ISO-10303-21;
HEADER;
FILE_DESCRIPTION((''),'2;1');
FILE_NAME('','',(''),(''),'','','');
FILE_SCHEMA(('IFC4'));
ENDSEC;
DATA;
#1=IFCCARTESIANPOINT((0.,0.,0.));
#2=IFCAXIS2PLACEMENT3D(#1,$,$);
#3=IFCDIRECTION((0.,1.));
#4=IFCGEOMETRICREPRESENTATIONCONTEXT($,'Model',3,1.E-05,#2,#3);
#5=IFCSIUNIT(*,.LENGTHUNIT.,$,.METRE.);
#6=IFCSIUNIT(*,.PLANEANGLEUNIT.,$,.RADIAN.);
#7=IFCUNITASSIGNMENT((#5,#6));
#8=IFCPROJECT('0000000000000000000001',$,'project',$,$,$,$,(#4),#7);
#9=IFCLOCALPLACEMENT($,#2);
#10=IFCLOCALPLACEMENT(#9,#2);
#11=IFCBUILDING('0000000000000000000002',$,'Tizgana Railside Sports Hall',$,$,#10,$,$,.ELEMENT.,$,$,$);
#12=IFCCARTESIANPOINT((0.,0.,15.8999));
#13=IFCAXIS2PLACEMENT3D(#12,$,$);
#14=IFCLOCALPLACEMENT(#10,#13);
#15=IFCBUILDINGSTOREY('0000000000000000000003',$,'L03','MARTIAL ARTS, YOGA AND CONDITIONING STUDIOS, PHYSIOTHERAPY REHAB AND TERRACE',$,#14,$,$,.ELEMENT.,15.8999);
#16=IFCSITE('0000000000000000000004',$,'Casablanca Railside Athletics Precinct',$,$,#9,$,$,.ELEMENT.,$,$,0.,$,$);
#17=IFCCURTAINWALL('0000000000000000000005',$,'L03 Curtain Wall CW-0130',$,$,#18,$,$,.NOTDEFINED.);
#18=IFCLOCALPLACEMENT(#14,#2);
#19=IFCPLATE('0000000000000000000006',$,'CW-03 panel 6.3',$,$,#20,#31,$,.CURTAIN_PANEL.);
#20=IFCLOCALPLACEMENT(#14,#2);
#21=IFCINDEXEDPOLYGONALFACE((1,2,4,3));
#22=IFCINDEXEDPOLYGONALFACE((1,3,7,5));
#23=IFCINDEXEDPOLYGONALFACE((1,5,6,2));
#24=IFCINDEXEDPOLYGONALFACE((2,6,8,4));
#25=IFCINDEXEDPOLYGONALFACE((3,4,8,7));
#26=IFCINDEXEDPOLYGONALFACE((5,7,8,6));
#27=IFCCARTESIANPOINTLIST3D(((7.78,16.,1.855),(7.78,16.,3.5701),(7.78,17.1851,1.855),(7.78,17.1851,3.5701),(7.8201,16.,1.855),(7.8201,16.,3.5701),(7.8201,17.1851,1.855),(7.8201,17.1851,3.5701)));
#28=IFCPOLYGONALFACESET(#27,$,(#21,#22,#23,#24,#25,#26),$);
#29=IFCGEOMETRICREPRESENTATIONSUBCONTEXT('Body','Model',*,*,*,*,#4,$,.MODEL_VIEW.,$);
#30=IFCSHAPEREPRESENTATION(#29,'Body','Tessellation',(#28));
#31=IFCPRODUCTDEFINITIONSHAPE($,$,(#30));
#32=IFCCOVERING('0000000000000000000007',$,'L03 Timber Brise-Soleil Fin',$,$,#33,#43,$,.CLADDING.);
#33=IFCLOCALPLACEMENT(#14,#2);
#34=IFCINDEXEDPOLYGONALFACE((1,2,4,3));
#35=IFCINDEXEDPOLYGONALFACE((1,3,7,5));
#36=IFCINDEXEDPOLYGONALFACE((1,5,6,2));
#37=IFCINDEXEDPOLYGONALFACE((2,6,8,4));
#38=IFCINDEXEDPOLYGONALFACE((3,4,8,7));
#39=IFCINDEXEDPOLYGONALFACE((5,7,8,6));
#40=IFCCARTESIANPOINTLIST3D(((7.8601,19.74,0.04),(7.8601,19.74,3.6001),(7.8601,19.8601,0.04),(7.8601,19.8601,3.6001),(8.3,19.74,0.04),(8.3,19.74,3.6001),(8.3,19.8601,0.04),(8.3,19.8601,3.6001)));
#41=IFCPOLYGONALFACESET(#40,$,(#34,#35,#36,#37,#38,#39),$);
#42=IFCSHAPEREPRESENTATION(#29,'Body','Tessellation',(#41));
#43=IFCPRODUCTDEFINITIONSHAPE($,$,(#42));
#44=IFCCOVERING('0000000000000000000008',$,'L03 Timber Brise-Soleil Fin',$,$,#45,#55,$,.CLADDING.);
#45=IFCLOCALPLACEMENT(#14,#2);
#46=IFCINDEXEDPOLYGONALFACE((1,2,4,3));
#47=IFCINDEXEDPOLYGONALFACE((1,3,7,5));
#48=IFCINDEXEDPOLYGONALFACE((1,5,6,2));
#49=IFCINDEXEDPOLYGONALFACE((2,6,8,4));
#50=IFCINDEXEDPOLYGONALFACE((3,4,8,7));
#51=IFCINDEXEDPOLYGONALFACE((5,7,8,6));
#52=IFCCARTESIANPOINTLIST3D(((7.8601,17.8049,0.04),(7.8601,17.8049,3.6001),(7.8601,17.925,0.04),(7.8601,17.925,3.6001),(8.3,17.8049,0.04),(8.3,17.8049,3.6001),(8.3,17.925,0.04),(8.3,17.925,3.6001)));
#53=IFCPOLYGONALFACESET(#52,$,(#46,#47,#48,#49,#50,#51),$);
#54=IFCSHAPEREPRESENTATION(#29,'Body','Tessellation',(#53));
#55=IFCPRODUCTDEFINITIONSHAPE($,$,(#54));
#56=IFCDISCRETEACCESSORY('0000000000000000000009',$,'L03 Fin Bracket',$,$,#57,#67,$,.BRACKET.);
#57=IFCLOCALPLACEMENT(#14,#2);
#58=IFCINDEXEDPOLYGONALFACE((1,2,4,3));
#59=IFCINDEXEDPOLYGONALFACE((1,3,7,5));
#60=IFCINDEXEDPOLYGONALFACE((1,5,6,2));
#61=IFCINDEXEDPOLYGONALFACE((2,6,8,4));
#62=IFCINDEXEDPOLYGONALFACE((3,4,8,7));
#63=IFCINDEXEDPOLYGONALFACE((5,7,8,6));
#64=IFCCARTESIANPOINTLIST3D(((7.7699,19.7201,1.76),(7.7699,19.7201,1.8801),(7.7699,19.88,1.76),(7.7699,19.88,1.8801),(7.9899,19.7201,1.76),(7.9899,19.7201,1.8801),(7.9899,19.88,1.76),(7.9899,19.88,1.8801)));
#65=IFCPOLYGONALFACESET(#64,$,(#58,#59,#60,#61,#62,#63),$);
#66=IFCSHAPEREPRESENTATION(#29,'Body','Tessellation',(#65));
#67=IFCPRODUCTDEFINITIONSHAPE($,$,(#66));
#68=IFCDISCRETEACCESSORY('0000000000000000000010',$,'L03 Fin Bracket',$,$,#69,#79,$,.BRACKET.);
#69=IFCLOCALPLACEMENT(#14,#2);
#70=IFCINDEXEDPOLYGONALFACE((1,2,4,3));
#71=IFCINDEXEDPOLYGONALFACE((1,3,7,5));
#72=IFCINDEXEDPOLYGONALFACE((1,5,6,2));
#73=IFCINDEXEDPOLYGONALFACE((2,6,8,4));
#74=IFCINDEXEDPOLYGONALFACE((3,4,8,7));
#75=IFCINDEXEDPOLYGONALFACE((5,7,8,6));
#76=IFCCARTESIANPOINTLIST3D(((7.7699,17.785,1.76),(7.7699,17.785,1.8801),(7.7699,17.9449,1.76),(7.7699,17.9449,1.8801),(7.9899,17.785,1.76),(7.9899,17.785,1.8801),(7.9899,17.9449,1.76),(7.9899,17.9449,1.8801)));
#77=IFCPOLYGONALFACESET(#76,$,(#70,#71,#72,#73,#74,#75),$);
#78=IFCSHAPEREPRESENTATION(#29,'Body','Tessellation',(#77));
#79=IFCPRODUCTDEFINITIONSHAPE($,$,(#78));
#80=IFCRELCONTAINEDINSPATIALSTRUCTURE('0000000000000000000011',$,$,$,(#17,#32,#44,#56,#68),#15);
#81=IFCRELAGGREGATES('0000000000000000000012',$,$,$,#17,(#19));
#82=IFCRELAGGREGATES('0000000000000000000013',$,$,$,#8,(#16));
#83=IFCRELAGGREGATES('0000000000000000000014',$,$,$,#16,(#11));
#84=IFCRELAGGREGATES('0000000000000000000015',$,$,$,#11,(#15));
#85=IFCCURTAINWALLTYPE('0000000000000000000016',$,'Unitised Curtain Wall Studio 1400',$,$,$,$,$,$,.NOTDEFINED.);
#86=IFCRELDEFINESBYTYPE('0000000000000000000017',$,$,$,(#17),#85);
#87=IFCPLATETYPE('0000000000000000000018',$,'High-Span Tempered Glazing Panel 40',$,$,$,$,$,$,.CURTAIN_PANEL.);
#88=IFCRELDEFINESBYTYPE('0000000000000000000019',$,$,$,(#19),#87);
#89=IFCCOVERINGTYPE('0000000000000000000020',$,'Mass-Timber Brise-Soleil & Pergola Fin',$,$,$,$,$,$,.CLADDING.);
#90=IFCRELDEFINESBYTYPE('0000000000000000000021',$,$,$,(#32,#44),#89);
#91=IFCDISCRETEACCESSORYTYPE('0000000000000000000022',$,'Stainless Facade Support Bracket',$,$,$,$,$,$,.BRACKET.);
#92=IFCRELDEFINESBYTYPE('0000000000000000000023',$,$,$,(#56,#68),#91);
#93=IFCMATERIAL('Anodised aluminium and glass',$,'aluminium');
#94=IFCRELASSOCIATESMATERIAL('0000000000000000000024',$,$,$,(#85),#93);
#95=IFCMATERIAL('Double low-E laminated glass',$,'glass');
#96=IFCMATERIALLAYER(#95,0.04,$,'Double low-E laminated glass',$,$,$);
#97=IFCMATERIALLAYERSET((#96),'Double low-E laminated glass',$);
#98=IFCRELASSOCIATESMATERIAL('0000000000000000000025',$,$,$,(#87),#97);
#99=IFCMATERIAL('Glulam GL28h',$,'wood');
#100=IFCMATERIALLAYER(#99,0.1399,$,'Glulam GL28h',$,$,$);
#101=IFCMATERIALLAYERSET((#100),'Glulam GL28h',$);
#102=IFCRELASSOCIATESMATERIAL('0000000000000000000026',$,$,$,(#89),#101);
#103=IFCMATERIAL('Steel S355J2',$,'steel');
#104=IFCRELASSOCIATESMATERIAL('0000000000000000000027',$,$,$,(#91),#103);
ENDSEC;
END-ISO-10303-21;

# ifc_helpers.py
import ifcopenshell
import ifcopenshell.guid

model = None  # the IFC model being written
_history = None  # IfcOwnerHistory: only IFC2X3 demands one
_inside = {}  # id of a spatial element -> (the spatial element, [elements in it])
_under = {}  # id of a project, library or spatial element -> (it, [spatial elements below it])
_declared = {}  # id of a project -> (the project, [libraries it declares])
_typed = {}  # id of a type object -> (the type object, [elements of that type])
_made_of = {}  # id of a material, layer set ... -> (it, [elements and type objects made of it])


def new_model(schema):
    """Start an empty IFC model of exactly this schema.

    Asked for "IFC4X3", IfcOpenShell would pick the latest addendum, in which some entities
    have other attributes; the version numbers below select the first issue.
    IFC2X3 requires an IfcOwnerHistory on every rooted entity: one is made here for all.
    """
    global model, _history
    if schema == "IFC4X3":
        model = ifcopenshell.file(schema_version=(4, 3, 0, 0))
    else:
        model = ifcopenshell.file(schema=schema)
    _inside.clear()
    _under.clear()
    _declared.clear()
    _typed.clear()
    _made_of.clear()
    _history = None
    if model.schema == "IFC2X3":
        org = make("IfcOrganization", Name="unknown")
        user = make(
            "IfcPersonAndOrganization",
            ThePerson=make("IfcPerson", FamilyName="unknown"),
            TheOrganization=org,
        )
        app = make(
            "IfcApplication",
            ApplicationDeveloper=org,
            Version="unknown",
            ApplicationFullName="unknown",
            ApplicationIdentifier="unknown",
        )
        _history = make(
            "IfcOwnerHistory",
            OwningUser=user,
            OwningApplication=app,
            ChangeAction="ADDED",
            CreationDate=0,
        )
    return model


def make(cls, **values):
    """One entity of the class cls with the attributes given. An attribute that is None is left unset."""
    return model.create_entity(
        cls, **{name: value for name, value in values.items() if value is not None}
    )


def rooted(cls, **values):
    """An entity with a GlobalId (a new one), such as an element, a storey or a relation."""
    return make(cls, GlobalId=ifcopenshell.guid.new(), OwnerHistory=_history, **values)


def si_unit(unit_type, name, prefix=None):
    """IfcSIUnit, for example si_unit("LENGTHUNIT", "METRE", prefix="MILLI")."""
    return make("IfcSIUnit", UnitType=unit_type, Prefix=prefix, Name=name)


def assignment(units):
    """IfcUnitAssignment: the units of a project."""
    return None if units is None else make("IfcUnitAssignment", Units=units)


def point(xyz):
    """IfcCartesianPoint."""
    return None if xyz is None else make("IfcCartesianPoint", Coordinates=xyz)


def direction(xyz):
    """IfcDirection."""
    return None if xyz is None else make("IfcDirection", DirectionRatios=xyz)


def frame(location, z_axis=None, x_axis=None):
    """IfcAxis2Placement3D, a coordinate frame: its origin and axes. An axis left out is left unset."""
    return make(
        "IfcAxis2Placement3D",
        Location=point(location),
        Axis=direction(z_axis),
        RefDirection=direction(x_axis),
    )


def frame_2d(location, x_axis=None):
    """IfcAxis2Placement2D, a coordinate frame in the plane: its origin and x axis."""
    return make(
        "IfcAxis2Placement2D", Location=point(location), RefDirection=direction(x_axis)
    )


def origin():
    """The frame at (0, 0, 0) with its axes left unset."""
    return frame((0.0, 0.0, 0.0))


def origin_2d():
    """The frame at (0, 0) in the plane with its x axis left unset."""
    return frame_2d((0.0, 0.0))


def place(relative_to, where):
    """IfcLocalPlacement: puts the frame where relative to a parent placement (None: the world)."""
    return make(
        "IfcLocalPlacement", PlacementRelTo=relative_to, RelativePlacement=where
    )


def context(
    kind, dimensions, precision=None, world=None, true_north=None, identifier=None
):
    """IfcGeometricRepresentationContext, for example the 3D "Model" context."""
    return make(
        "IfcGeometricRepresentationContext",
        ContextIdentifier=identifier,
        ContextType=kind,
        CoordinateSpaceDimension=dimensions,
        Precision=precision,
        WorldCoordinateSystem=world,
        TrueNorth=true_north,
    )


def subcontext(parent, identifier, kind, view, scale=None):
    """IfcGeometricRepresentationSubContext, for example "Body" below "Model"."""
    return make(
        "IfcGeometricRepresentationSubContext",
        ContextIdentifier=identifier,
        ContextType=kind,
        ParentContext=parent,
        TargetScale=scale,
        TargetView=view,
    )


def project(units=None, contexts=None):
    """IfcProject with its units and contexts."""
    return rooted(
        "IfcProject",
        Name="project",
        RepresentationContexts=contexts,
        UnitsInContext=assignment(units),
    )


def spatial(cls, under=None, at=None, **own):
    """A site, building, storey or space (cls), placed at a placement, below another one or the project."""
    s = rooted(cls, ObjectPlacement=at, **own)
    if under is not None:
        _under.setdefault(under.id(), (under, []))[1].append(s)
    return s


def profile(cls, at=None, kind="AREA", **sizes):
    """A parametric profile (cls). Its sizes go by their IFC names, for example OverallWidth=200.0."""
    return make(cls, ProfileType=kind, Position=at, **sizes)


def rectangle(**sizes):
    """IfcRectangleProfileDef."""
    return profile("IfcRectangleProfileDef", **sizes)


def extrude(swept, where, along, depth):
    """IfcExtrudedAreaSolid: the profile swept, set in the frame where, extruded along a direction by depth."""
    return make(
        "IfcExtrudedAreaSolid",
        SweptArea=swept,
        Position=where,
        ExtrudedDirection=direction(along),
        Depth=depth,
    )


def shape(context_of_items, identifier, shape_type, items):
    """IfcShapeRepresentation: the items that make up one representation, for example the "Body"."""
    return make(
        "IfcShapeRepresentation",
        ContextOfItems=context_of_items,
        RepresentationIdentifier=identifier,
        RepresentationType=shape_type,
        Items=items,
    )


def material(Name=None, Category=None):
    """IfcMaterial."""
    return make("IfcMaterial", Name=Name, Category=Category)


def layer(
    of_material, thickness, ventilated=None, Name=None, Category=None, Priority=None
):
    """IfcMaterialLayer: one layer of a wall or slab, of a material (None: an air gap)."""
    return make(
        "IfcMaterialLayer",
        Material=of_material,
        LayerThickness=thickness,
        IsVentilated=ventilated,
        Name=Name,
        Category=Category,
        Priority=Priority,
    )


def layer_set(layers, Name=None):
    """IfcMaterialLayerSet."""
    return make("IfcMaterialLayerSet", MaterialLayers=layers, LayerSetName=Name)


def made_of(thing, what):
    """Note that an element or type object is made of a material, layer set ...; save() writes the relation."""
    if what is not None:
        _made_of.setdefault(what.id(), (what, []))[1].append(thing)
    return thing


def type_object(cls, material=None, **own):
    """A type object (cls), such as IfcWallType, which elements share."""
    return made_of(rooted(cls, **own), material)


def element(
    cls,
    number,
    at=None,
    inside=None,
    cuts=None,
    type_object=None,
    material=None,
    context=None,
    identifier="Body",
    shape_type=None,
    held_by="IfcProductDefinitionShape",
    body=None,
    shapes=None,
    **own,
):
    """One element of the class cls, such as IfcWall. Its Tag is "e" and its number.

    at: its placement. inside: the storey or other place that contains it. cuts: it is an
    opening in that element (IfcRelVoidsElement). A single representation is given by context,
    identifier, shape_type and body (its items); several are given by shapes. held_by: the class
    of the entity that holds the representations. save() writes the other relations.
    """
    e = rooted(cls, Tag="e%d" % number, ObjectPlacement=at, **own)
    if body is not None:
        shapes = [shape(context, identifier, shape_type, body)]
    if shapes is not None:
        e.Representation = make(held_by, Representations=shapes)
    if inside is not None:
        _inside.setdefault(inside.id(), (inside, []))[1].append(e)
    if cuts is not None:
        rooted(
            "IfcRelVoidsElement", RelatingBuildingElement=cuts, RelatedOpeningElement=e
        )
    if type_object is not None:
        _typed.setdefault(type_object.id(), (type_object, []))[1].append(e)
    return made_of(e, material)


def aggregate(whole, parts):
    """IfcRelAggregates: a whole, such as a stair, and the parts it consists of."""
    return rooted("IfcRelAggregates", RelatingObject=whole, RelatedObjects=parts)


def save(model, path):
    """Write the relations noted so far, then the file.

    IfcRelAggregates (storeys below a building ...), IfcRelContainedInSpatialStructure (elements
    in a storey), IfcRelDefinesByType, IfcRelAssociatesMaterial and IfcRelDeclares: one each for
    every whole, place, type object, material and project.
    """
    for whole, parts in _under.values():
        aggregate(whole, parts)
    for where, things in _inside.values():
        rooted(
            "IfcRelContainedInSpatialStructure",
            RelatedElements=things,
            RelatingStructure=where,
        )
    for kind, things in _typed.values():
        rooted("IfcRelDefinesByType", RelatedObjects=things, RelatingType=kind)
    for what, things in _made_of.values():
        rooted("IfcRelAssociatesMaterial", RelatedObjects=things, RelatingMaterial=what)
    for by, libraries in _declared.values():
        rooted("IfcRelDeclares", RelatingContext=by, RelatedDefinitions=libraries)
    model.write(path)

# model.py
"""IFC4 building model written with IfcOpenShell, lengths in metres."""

from ifc_helpers import new_model, si_unit, direction, frame, origin, origin_2d, place, context, subcontext, project, spatial, rectangle, extrude, material, layer, layer_set, type_object, element, aggregate, save


model = new_model("IFC4")

# Units and contexts
model_context = context("Model", 3, precision=1e-05, world=origin(), true_north=direction((0.0, 1.0)))
body_context = subcontext(model_context, "Body", "Model", "MODEL_VIEW")
ifc_project = project(units=[si_unit("LENGTHUNIT", "METRE"), si_unit("PLANEANGLEUNIT", "RADIAN")], contexts=[model_context])

# Site, building, storey
site_placement = place(None, origin())
site = spatial("IfcSite", under=ifc_project, at=site_placement, Name="Casablanca Railside Athletics Precinct", CompositionType="ELEMENT", RefElevation=0.0)
building_placement = place(site_placement, origin())
building = spatial("IfcBuilding", under=site, at=building_placement, Name="Tizgana Railside Sports Hall", CompositionType="ELEMENT")
storey_placement = place(building_placement, frame((0.0, 0.0, 15.8999)))
storey = spatial("IfcBuildingStorey", under=building, at=storey_placement, Name="L03", Description="MARTIAL ARTS, YOGA AND CONDITIONING STUDIOS, PHYSIOTHERAPY REHAB AND TERRACE", CompositionType="ELEMENT", Elevation=15.8999)

# Curtain wall
ifc_material_1 = material(Name="Anodised aluminium and glass", Category="aluminium")
curtain_wall_type = type_object("IfcCurtainWallType", Name="Unitised Curtain Wall Studio 1400", PredefinedType="NOTDEFINED", material=ifc_material_1)
curtain_wall_placement = place(storey_placement, origin())
curtain_wall = element("IfcCurtainWall", 1, at=curtain_wall_placement, inside=storey, type_object=curtain_wall_type, Name="L03 Curtain Wall CW-0130", PredefinedType="NOTDEFINED")

# Shared definitions
ifc_material_2 = material(Name="Steel S355J2", Category="steel")

# Plate
ifc_material_3 = material(Name="Double low-E laminated glass", Category="glass")
ifc_layer_1 = layer(ifc_material_3, 0.04, Name="Double low-E laminated glass")
ifc_layer_set_1 = layer_set([ifc_layer_1], Name="Double low-E laminated glass")
plate_type = type_object("IfcPlateType", Name="High-Span Tempered Glazing Panel 40", PredefinedType="CURTAIN_PANEL", material=ifc_layer_set_1)
plate_1_placement = place(storey_placement, frame((7.8, 16.5925, 1.855), z_axis=(0.0, 0.0, 1.0), x_axis=(0.0, -1.0, 0.0)))
plate_1 = element("IfcPlate", 2, at=plate_1_placement, type_object=plate_type, Name="CW-03 panel 6.3", PredefinedType="CURTAIN_PANEL", context=body_context, shape_type="SweptSolid", body=[
    extrude(rectangle(XDim=1.1851, YDim=0.04, at=origin_2d()), origin(), (0.0, 0.0, 1.0), 1.7151),
])
aggregate(curtain_wall, [plate_1])

# Coverings
ifc_material_4 = material(Name="Glulam GL28h", Category="wood")
ifc_layer_2 = layer(ifc_material_4, 0.1399, Name="Glulam GL28h")
ifc_layer_set_2 = layer_set([ifc_layer_2], Name="Glulam GL28h")
covering_type = type_object("IfcCoveringType", Name="Mass-Timber Brise-Soleil & Pergola Fin", PredefinedType="CLADDING", material=ifc_layer_set_2)
for number, where, z_axis, x_axis, name in (
    (3, (8.0801, 19.8, 0.04), (0.0, 0.0, 1.0), (0.0, -1.0, 0.0), "L03 Timber Brise-Soleil Fin"),
    (4, (8.0801, 17.865, 0.04), (0.0, 0.0, 1.0), (0.0, -1.0, 0.0), "L03 Timber Brise-Soleil Fin"),
):
    element("IfcCovering", number, at=place(storey_placement, frame(where, z_axis=z_axis, x_axis=x_axis)), inside=storey, type_object=covering_type, Name=name, PredefinedType="CLADDING", context=body_context, shape_type="SweptSolid", body=[
        extrude(rectangle(XDim=0.1201, YDim=0.4399, at=origin_2d()), origin(), (0.0, 0.0, 1.0), 3.5601),
    ])

# Discrete accessories
discrete_accessory_type = type_object("IfcDiscreteAccessoryType", Name="Stainless Facade Support Bracket", PredefinedType="BRACKET", material=ifc_material_2)
for number, where, z_axis, x_axis, name in (
    (5, (7.8799, 19.8, 1.76), (0.0, 0.0, 1.0), (0.0, -1.0, 0.0), "L03 Fin Bracket"),
    (6, (7.8799, 17.865, 1.76), (0.0, 0.0, 1.0), (0.0, -1.0, 0.0), "L03 Fin Bracket"),
):
    element("IfcDiscreteAccessory", number, at=place(storey_placement, frame(where, z_axis=z_axis, x_axis=x_axis)), inside=storey, type_object=discrete_accessory_type, Name=name, PredefinedType="BRACKET", context=body_context, shape_type="SweptSolid", body=[
        extrude(rectangle(XDim=0.1599, YDim=0.22, at=origin_2d()), origin(), (0.0, 0.0, 1.0), 0.1201),
    ])

save(model, "model.ifc")
